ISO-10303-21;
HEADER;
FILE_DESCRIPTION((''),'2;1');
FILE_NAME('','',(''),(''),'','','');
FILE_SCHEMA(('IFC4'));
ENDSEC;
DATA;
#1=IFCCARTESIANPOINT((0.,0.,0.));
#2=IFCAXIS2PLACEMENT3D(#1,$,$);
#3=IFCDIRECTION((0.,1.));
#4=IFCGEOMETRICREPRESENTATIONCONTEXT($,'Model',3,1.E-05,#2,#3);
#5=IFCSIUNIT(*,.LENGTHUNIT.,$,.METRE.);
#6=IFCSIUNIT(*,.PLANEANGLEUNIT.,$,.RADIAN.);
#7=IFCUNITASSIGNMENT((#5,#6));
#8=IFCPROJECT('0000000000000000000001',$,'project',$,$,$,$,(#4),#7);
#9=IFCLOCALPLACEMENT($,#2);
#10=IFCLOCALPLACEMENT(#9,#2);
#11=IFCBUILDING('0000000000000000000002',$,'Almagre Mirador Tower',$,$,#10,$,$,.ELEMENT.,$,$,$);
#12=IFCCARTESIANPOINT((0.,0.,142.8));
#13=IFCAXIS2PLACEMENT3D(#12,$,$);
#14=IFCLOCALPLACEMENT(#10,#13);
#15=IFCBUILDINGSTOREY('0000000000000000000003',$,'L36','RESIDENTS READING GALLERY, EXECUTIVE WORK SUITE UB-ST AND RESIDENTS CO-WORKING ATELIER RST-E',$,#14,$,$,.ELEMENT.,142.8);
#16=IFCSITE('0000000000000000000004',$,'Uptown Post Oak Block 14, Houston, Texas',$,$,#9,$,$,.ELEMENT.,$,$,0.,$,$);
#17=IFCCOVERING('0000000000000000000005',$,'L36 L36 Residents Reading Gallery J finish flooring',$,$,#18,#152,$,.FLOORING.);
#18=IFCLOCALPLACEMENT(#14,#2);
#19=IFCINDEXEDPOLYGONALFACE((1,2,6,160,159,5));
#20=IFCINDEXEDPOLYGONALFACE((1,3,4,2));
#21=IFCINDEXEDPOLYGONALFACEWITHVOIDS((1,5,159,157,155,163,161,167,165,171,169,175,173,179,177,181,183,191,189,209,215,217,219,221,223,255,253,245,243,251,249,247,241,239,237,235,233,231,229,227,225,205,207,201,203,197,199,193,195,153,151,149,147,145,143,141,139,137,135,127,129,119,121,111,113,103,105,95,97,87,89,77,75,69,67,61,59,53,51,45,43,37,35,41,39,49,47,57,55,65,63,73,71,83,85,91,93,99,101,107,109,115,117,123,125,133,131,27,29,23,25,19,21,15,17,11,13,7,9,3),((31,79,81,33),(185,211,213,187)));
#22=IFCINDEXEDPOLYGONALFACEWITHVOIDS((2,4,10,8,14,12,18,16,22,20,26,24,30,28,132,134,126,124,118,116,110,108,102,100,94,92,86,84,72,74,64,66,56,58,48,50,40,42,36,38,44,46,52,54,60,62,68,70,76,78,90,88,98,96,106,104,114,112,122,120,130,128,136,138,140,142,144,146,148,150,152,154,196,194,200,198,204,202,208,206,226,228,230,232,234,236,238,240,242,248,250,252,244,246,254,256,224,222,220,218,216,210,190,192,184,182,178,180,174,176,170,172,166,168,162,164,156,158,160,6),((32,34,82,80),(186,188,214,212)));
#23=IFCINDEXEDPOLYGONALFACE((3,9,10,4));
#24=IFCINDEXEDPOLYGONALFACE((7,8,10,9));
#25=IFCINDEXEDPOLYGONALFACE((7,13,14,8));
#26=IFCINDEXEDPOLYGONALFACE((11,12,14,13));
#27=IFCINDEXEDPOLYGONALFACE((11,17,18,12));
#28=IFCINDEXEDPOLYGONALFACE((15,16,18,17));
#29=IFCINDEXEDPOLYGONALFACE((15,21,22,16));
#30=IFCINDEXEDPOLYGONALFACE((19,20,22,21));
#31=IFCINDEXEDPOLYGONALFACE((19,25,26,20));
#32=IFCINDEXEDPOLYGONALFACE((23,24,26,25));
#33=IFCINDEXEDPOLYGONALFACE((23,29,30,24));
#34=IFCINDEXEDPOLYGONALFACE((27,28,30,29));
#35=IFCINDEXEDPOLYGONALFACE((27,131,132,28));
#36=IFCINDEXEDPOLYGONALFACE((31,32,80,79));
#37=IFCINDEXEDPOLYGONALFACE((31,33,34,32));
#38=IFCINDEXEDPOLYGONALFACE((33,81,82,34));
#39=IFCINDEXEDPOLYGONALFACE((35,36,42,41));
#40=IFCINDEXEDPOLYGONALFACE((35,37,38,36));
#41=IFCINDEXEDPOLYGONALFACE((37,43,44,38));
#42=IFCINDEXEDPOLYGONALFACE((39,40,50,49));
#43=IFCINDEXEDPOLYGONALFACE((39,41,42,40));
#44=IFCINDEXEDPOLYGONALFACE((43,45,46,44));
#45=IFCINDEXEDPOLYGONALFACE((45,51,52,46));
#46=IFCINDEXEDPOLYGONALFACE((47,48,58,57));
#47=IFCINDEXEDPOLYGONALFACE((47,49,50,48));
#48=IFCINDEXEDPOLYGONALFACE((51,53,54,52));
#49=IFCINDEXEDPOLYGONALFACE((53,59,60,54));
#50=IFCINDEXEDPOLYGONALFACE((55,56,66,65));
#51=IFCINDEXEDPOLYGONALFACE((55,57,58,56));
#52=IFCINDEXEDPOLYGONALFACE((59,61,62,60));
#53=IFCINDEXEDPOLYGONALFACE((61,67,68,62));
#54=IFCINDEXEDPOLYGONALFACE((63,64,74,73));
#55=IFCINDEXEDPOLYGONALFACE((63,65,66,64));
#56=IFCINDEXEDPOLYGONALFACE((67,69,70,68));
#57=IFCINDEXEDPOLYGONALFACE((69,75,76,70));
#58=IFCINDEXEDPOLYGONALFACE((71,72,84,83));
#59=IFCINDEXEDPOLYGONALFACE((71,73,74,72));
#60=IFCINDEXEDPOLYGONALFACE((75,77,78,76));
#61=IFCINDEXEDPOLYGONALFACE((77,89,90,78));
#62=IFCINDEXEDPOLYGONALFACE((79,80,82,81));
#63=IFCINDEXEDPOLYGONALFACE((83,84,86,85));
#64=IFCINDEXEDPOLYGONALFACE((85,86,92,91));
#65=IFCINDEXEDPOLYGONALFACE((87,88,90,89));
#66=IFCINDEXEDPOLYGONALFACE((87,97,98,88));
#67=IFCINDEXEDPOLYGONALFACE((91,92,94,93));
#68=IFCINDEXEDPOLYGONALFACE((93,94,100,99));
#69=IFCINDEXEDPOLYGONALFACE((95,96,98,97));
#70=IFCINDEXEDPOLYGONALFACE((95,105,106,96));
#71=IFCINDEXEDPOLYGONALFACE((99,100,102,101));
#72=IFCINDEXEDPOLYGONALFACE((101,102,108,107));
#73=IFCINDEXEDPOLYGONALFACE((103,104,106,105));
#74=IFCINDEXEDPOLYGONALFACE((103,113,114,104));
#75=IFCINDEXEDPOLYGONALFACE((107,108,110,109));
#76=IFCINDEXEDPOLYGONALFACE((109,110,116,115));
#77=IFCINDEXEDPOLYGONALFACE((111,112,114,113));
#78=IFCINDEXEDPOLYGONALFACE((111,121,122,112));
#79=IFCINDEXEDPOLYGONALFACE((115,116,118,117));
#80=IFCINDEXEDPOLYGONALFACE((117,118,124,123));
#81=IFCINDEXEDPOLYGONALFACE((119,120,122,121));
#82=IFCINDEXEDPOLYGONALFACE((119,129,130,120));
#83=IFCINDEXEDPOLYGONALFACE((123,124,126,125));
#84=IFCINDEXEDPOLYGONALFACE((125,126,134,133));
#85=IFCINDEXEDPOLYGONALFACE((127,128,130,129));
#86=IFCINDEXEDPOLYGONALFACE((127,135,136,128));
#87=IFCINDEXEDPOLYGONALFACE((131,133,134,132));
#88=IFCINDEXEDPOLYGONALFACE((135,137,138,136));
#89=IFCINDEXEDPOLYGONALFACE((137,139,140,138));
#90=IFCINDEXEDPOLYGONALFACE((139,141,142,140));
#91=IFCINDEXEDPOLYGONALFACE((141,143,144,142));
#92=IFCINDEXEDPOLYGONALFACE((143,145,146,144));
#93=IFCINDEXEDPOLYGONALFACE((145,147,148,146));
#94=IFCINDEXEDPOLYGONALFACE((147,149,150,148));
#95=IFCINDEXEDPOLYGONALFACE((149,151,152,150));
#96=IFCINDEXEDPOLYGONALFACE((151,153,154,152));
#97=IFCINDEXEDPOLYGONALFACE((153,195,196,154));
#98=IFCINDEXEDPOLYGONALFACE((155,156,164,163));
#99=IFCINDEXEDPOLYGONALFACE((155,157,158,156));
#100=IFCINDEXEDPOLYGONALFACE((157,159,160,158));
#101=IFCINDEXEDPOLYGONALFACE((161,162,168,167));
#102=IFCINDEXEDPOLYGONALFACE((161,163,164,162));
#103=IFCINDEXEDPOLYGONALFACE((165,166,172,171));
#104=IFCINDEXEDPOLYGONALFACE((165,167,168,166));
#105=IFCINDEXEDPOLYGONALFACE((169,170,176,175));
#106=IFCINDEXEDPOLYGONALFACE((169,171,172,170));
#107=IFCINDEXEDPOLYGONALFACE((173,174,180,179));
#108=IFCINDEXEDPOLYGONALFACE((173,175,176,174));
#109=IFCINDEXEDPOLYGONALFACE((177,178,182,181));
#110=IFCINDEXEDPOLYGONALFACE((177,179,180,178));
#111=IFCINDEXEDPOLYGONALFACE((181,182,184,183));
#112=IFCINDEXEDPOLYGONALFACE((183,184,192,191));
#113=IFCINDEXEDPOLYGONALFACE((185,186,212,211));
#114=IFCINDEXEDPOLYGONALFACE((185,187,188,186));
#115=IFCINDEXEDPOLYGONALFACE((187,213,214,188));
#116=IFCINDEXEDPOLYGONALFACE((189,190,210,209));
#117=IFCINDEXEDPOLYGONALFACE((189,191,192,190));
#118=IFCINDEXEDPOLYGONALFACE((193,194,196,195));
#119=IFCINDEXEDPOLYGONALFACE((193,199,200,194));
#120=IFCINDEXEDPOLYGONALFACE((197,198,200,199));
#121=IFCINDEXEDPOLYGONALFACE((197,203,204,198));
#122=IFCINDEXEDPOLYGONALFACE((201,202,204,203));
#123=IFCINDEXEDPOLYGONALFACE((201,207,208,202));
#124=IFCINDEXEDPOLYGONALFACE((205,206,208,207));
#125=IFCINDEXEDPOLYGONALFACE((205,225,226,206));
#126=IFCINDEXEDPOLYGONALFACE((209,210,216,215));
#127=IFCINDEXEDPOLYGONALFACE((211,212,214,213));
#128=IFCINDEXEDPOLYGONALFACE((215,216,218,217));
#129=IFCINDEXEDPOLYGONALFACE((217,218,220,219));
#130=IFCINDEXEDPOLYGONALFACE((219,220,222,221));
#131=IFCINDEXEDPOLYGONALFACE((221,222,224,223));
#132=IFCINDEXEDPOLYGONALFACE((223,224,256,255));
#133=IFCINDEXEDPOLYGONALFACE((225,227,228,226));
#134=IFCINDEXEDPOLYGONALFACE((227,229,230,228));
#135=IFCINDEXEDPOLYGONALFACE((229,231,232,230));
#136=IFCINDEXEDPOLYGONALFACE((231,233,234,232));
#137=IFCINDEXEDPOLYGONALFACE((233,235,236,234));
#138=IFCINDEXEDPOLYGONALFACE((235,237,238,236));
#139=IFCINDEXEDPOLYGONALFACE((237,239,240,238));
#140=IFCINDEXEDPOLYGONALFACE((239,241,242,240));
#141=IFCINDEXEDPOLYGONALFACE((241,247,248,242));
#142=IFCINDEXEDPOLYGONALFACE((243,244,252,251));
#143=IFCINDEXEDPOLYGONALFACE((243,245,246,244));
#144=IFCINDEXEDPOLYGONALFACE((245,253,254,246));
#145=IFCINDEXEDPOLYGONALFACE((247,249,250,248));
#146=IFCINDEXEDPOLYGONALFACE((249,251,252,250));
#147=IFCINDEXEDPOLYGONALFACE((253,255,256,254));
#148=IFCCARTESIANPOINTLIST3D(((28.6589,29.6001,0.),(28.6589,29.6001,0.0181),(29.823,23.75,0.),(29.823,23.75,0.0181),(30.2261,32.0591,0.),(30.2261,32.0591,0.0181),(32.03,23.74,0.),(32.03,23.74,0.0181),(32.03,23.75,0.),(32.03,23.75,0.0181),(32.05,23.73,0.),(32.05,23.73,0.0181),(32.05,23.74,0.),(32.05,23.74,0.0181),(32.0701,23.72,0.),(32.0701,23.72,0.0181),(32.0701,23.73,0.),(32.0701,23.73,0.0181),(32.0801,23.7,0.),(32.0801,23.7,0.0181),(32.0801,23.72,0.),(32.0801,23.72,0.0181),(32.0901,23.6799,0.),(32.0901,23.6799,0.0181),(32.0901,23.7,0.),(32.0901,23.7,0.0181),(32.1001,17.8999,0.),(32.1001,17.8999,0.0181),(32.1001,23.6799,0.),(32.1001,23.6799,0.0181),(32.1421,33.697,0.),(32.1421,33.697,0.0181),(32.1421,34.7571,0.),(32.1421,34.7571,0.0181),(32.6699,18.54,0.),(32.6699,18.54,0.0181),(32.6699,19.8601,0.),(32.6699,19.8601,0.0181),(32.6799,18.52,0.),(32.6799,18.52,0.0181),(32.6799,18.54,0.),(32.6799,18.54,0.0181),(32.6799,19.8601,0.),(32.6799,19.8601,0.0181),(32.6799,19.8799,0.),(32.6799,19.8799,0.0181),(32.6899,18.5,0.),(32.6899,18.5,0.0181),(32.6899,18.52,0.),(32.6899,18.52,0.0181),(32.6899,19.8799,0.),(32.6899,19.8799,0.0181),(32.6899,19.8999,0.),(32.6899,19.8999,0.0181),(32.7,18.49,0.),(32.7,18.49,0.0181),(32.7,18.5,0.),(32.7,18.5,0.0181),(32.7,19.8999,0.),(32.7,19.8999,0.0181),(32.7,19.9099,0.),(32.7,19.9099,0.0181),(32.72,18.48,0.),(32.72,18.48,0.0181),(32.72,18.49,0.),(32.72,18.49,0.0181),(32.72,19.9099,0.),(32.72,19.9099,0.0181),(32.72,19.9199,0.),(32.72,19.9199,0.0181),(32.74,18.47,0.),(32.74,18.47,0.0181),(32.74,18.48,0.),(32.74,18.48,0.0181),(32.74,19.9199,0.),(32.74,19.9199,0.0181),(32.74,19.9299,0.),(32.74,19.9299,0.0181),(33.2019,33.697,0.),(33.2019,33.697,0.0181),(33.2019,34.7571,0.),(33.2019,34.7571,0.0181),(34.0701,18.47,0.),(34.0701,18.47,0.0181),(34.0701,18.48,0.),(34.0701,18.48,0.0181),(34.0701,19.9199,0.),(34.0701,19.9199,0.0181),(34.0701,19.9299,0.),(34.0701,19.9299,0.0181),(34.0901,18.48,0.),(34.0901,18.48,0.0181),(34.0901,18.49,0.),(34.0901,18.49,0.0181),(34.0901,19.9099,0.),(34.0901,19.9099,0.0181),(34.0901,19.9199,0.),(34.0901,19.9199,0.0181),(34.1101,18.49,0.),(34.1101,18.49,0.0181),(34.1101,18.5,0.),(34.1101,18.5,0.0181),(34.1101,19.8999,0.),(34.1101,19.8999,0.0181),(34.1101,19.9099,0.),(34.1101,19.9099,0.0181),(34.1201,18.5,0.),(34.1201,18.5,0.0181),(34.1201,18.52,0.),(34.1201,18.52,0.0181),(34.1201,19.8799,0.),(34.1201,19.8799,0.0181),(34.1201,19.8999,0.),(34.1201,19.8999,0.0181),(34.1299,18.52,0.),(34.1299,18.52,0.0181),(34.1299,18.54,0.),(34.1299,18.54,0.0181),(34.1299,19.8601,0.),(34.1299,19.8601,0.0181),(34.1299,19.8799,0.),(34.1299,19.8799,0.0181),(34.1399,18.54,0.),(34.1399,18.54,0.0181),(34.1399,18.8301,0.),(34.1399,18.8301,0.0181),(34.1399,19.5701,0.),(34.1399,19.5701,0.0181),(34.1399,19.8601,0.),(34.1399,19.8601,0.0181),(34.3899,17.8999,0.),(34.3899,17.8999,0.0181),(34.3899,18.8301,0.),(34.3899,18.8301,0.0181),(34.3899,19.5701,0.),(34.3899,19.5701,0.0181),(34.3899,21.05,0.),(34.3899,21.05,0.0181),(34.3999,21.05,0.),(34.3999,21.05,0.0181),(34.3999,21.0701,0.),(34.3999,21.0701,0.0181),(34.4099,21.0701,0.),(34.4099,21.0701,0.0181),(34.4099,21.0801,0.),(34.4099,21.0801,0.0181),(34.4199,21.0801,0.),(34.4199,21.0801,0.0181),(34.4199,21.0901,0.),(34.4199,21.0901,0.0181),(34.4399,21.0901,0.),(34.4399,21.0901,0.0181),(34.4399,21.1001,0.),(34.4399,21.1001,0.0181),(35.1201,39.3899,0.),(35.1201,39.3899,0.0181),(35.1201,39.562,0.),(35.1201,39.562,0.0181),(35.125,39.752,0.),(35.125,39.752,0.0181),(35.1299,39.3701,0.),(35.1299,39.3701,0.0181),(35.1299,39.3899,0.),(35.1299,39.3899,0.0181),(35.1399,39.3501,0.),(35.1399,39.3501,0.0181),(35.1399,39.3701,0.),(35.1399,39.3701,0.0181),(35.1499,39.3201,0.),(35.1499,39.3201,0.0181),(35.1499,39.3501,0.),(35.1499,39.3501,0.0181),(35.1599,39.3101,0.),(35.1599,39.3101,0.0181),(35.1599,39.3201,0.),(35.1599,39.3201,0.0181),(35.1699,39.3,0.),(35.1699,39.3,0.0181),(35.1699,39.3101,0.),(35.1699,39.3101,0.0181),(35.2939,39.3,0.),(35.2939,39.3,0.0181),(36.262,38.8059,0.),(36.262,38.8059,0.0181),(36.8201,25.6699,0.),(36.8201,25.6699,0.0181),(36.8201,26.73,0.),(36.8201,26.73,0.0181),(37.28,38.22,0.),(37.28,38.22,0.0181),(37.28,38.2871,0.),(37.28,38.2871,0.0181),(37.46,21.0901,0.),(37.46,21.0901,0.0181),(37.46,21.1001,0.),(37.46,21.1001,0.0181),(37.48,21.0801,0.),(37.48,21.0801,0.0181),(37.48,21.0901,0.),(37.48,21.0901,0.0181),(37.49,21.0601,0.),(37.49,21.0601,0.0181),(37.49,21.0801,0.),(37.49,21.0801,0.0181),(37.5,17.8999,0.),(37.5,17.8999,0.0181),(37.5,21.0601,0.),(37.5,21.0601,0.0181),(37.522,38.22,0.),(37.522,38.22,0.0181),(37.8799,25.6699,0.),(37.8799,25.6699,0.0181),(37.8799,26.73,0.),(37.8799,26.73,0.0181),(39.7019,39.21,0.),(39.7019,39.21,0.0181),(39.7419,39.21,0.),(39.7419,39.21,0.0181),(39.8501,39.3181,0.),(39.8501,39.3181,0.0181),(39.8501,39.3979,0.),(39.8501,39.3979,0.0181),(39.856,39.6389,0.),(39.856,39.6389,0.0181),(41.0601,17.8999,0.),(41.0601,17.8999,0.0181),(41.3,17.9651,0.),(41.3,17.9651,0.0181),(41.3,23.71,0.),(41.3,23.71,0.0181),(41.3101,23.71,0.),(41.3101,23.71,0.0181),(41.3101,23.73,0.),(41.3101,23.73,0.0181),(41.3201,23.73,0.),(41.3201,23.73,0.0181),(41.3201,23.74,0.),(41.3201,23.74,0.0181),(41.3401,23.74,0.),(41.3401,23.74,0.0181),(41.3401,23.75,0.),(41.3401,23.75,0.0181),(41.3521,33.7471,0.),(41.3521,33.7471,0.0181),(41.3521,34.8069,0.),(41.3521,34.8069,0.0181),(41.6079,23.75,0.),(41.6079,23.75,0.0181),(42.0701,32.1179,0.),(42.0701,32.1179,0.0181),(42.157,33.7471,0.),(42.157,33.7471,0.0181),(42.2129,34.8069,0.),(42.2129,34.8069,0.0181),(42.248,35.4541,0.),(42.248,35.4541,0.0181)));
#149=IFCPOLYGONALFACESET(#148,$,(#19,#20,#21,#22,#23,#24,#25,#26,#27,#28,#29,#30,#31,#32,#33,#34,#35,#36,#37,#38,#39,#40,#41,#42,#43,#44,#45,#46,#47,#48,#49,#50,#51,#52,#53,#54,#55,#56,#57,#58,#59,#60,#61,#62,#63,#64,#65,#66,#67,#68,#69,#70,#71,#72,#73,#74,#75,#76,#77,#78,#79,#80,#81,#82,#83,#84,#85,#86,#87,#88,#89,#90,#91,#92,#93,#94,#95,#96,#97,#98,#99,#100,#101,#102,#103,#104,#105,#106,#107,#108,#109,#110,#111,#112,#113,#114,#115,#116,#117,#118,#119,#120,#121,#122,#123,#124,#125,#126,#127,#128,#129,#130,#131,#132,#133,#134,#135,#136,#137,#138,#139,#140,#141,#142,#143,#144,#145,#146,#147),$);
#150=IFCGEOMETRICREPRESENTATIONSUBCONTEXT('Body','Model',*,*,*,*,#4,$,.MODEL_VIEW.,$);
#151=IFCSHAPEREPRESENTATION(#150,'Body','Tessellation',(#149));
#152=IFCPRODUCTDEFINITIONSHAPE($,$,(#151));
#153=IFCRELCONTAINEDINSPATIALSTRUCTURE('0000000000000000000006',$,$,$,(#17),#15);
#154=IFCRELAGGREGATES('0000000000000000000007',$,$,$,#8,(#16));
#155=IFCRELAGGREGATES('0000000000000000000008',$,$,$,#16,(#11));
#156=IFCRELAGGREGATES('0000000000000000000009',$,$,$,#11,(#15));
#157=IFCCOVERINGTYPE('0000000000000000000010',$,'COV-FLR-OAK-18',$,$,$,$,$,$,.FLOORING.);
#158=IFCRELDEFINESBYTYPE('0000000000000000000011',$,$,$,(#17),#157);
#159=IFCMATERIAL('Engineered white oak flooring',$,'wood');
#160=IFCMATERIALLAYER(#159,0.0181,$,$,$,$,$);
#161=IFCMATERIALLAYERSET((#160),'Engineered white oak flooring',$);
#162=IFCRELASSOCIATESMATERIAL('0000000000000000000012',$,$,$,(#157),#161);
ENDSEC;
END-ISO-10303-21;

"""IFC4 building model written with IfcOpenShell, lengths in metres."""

from ifc_helpers import new_model, si_unit, direction, frame, origin, place, context, subcontext, project, spatial, polyline, outline, extrude, material, layer, layer_set, type_object, element, save


model = new_model("IFC4")

# Units and contexts
model_context = context("Model", 3, precision=1e-05, world=origin(), true_north=direction((0.0, 1.0)))
body_context = subcontext(model_context, "Body", "Model", "MODEL_VIEW")
ifc_project = project(units=[si_unit("LENGTHUNIT", "METRE"), si_unit("PLANEANGLEUNIT", "RADIAN")], contexts=[model_context])

# Site, building, storey
site_placement = place(None, origin())
site = spatial("IfcSite", under=ifc_project, at=site_placement, Name="Uptown Post Oak Block 14, Houston, Texas", CompositionType="ELEMENT", RefElevation=0.0)
building_placement = place(site_placement, origin())
building = spatial("IfcBuilding", under=site, at=building_placement, Name="Almagre Mirador Tower", CompositionType="ELEMENT")
storey_placement = place(building_placement, frame((0.0, 0.0, 142.8)))
storey = spatial("IfcBuildingStorey", under=building, at=storey_placement, Name="L36", Description="RESIDENTS READING GALLERY, EXECUTIVE WORK SUITE UB-ST AND RESIDENTS CO-WORKING ATELIER RST-E", CompositionType="ELEMENT", Elevation=142.8)

# Covering
ifc_material_1 = material(Name="Engineered white oak flooring", Category="wood")
ifc_layer_1 = layer(ifc_material_1, 0.0181)
ifc_layer_set_1 = layer_set([ifc_layer_1], Name="Engineered white oak flooring")
covering_type = type_object("IfcCoveringType", Name="COV-FLR-OAK-18", PredefinedType="FLOORING", material=ifc_layer_set_1)
covering_placement = place(storey_placement, origin())
element("IfcCovering", 1, at=covering_placement, inside=storey, type_object=covering_type, Name="L36 L36 Residents Reading Gallery J finish flooring", PredefinedType="FLOORING", context=body_context, shape_type="SweptSolid", body=[
    extrude(outline(polyline([(35.125, 39.752), (35.1201, 39.562), (35.1201, 39.3899), (35.1299, 39.3899), (35.1299, 39.3701), (35.1399, 39.3701), (35.1399, 39.3501), (35.1499, 39.3501), (35.1499, 39.3201), (35.1599, 39.3201), (35.1599, 39.3101), (35.1699, 39.3101), (35.1699, 39.3), (35.2939, 39.3), (36.262, 38.8059), (37.28, 38.2871), (37.28, 38.22), (37.522, 38.22), (39.7019, 39.21), (39.7419, 39.21), (39.8501, 39.3181), (39.8501, 39.3979), (39.856, 39.6389), (42.248, 35.4541), (42.2129, 34.8069), (41.3521, 34.8069), (41.3521, 33.7471), (42.157, 33.7471), (42.0701, 32.1179), (41.6079, 23.75), (41.3401, 23.75), (41.3401, 23.74), (41.3201, 23.74), (41.3201, 23.73), (41.3101, 23.73), (41.3101, 23.71), (41.3, 23.71), (41.3, 17.9651), (41.0601, 17.8999), (37.5, 17.8999), (37.5, 21.0601), (37.49, 21.0601), (37.49, 21.0801), (37.48, 21.0801), (37.48, 21.0901), (37.46, 21.0901), (37.46, 21.1001), (34.4399, 21.1001), (34.4399, 21.0901), (34.4199, 21.0901), (34.4199, 21.0801), (34.4099, 21.0801), (34.4099, 21.0701), (34.3999, 21.0701), (34.3999, 21.05), (34.3899, 21.05), (34.3899, 19.5701), (34.1399, 19.5701), (34.1399, 19.8601), (34.1299, 19.8601), (34.1299, 19.8799), (34.1201, 19.8799), (34.1201, 19.8999), (34.1101, 19.8999), (34.1101, 19.9099), (34.0901, 19.9099), (34.0901, 19.9199), (34.0701, 19.9199), (34.0701, 19.9299), (32.74, 19.9299), (32.74, 19.9199), (32.72, 19.9199), (32.72, 19.9099), (32.7, 19.9099), (32.7, 19.8999), (32.6899, 19.8999), (32.6899, 19.8799), (32.6799, 19.8799), (32.6799, 19.8601), (32.6699, 19.8601), (32.6699, 18.54), (32.6799, 18.54), (32.6799, 18.52), (32.6899, 18.52), (32.6899, 18.5), (32.7, 18.5), (32.7, 18.49), (32.72, 18.49), (32.72, 18.48), (32.74, 18.48), (32.74, 18.47), (34.0701, 18.47), (34.0701, 18.48), (34.0901, 18.48), (34.0901, 18.49), (34.1101, 18.49), (34.1101, 18.5), (34.1201, 18.5), (34.1201, 18.52), (34.1299, 18.52), (34.1299, 18.54), (34.1399, 18.54), (34.1399, 18.8301), (34.3899, 18.8301), (34.3899, 17.8999), (32.1001, 17.8999), (32.1001, 23.6799), (32.0901, 23.6799), (32.0901, 23.7), (32.0801, 23.7), (32.0801, 23.72), (32.0701, 23.72), (32.0701, 23.73), (32.05, 23.73), (32.05, 23.74), (32.03, 23.74), (32.03, 23.75), (29.823, 23.75), (28.6589, 29.6001), (30.2261, 32.0591), (35.125, 39.752)]), holes=[polyline([(32.1421, 33.697), (32.1421, 34.7571), (33.2019, 34.7571), (33.2019, 33.697), (32.1421, 33.697)]), polyline([(36.8201, 25.6699), (36.8201, 26.73), (37.8799, 26.73), (37.8799, 25.6699), (36.8201, 25.6699)])]), origin(), (0.0, 0.0, 1.0), 0.0181),
])

save(model, "model.ifc")
